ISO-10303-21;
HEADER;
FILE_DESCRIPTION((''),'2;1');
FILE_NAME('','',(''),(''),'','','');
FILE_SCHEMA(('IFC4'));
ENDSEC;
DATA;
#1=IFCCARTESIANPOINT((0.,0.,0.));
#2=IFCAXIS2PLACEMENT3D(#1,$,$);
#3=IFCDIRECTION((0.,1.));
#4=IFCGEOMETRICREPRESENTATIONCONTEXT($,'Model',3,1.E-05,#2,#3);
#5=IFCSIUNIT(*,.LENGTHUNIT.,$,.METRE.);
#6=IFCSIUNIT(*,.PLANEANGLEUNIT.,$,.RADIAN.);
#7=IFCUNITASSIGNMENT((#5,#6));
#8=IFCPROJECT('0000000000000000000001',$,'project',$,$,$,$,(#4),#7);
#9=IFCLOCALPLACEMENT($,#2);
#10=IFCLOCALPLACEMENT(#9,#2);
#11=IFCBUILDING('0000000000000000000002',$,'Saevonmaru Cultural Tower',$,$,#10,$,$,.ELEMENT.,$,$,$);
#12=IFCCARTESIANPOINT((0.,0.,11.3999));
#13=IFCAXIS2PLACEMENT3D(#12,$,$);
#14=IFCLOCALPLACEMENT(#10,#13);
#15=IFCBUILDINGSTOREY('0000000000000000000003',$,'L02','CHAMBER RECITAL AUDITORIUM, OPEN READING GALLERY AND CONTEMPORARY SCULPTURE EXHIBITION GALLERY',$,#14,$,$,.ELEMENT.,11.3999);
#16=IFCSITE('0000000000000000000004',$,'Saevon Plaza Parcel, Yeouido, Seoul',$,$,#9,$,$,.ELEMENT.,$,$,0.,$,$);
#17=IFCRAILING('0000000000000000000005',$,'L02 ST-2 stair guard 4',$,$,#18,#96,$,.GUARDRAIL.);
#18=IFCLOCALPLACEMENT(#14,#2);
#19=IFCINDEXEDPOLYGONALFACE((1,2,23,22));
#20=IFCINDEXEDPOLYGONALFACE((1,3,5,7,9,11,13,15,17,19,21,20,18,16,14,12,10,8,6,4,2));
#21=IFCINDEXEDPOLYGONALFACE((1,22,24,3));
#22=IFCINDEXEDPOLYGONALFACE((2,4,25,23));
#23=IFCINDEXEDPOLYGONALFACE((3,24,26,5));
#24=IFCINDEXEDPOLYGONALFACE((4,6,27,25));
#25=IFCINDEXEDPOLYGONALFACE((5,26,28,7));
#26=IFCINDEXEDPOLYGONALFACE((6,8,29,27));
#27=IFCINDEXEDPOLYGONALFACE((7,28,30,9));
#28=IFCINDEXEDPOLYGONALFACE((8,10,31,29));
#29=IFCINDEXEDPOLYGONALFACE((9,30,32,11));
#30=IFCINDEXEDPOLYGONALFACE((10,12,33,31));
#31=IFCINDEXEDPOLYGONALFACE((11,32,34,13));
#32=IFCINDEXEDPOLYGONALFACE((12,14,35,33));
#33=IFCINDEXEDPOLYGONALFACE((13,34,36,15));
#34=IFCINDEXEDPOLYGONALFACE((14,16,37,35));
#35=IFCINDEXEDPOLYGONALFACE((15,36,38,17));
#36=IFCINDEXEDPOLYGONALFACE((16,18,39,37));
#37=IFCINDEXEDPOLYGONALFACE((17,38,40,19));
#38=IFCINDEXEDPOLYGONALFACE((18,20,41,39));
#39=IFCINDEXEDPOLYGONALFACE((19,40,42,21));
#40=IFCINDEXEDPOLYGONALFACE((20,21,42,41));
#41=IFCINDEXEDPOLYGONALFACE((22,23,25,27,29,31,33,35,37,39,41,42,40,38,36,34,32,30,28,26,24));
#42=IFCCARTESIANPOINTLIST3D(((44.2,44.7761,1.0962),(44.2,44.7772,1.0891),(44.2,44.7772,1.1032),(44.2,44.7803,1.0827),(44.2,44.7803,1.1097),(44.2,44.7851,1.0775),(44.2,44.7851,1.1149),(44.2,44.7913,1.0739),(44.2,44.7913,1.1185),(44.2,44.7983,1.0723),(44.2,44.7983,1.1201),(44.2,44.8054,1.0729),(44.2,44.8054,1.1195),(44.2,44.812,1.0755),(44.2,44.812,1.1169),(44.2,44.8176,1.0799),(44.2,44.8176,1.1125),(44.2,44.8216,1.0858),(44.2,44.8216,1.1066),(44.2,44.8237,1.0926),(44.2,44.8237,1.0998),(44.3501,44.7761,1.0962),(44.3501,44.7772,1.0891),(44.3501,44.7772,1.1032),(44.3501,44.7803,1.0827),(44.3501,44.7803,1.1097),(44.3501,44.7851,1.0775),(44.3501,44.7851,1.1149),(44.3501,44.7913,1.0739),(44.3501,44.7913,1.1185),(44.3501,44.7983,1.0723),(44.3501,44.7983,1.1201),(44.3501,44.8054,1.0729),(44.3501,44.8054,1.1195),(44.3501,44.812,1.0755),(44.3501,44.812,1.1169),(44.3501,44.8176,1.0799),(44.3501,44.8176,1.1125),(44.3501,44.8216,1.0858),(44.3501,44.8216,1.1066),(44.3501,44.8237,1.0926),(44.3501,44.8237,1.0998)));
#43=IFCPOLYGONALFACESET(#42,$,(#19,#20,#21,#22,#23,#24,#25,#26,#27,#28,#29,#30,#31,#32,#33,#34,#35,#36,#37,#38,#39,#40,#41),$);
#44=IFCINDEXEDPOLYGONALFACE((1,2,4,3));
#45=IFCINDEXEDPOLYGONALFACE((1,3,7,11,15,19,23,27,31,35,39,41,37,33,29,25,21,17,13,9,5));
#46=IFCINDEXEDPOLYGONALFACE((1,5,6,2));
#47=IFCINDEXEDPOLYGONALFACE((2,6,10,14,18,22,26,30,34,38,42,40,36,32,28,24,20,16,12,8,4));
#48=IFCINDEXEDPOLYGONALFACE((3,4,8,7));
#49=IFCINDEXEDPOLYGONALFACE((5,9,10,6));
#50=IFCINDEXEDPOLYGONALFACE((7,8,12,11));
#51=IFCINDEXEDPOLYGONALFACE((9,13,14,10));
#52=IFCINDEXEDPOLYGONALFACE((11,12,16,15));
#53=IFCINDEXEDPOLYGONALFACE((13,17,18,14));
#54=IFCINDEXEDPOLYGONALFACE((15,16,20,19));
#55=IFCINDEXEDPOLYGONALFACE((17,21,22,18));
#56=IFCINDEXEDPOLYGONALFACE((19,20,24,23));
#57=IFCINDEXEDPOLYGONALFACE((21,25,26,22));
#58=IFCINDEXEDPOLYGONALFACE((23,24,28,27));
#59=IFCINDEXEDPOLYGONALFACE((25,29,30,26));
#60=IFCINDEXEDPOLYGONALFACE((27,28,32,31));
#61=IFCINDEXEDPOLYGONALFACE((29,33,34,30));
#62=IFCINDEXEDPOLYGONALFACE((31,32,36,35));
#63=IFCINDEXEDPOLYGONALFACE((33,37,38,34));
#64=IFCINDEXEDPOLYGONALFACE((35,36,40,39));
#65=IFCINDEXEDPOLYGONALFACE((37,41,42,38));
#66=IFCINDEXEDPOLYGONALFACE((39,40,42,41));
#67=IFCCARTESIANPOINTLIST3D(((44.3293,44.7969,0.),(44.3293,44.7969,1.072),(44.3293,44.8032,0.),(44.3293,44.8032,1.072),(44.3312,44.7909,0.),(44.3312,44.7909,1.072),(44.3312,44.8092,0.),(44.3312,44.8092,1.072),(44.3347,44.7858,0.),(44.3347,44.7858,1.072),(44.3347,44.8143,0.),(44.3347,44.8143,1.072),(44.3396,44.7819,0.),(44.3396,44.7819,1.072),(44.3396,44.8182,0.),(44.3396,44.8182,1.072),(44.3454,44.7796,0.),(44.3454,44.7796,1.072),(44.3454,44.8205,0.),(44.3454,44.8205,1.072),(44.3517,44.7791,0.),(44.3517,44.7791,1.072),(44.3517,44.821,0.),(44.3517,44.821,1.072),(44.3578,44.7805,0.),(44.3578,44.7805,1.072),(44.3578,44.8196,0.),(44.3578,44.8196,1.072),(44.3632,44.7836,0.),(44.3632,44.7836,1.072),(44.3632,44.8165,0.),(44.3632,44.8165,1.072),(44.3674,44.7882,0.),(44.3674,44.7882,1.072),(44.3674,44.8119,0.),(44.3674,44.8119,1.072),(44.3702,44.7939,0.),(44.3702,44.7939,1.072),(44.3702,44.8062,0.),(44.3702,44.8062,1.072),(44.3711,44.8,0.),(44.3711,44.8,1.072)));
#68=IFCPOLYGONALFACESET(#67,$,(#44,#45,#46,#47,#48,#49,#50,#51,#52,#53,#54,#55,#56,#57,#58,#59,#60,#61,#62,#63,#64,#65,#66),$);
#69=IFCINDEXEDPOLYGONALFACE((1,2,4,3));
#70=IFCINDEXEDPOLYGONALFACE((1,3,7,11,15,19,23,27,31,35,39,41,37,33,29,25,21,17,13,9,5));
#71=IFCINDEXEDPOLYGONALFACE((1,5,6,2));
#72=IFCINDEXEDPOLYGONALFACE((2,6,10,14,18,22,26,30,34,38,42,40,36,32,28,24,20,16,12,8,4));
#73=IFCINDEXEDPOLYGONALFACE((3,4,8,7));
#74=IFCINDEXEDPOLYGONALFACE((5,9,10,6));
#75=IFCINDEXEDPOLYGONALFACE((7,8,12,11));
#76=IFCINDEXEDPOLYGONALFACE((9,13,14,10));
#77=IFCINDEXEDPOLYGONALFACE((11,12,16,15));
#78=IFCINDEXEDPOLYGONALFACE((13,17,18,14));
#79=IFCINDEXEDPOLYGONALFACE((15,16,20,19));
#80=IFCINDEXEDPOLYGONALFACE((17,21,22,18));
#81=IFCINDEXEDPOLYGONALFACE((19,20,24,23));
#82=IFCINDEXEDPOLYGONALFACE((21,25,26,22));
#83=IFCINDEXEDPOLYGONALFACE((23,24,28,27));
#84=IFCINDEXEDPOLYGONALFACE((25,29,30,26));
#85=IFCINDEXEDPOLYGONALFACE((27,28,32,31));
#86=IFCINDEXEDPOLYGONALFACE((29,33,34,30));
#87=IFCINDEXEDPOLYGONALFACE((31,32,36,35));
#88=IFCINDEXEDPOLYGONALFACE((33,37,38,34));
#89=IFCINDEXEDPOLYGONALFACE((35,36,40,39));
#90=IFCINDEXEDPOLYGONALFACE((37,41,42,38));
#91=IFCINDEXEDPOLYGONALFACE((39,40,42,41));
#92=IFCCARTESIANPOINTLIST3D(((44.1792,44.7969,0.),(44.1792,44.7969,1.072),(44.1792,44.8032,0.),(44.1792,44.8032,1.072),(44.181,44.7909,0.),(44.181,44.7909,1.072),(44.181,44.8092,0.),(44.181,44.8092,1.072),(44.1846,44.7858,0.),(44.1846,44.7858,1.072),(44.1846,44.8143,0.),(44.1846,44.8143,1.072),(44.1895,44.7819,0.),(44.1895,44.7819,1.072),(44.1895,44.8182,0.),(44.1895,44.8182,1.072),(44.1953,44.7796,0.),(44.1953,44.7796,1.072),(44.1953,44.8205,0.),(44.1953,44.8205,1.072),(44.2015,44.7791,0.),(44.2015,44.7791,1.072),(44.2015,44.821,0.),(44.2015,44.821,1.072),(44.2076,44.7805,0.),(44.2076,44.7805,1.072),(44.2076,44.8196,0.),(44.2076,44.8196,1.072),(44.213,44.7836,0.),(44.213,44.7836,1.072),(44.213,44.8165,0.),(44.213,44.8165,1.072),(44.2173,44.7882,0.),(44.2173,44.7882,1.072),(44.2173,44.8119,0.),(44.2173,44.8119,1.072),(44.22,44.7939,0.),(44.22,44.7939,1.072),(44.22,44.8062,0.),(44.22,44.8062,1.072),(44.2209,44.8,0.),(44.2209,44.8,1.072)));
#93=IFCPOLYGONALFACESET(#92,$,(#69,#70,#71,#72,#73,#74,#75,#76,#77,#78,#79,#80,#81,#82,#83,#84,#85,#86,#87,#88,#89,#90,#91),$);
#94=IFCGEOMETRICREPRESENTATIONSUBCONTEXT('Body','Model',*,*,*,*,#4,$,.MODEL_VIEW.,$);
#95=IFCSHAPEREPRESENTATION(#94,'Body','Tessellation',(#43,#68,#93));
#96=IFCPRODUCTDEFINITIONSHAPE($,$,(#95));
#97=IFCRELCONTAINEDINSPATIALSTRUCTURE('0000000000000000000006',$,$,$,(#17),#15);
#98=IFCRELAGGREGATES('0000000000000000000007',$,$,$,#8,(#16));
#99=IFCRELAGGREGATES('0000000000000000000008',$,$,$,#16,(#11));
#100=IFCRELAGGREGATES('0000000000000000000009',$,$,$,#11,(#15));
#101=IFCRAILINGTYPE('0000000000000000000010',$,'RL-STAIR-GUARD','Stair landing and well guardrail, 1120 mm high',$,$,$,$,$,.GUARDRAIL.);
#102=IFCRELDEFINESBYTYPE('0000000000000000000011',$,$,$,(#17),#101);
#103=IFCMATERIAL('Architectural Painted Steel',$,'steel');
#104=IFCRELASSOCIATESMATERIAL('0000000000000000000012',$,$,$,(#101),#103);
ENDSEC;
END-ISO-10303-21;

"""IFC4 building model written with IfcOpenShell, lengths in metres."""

from ifc_helpers import new_model, si_unit, direction, frame, origin, origin_2d, place, context, subcontext, project, spatial, circle, extrude, material, type_object, element, save


model = new_model("IFC4")

# Units and contexts
model_context = context("Model", 3, precision=1e-05, world=origin(), true_north=direction((0.0, 1.0)))
body_context = subcontext(model_context, "Body", "Model", "MODEL_VIEW")
ifc_project = project(units=[si_unit("LENGTHUNIT", "METRE"), si_unit("PLANEANGLEUNIT", "RADIAN")], contexts=[model_context])

# Site, building, storey
site_placement = place(None, origin())
site = spatial("IfcSite", under=ifc_project, at=site_placement, Name="Saevon Plaza Parcel, Yeouido, Seoul", CompositionType="ELEMENT", RefElevation=0.0)
building_placement = place(site_placement, origin())
building = spatial("IfcBuilding", under=site, at=building_placement, Name="Saevonmaru Cultural Tower", CompositionType="ELEMENT")
storey_placement = place(building_placement, frame((0.0, 0.0, 11.3999)))
storey = spatial("IfcBuildingStorey", under=building, at=storey_placement, Name="L02", Description="CHAMBER RECITAL AUDITORIUM, OPEN READING GALLERY AND CONTEMPORARY SCULPTURE EXHIBITION GALLERY", CompositionType="ELEMENT", Elevation=11.3999)

# Railing
ifc_material_1 = material(Name="Architectural Painted Steel", Category="steel")
railing_type_1 = type_object("IfcRailingType", Name="RL-STAIR-GUARD", Description="Stair landing and well guardrail, 1120 mm high", PredefinedType="GUARDRAIL", material=ifc_material_1)
railing_1_placement = place(storey_placement, frame((44.3501, 44.8, 0.0)))
element("IfcRailing", 1, at=railing_1_placement, inside=storey, type_object=railing_type_1, Name="L02 ST-2 stair guard 4", PredefinedType="GUARDRAIL", context=body_context, shape_type="SweptSolid", body=[
    extrude(circle(Radius=0.0239, at=origin_2d()), frame((0.0, 0.0, 1.0962), z_axis=(-1.0, 0.0, 0.0), x_axis=(0.0, -1.0, 0.0)), (0.0, 0.0, 1.0), 0.1501),
    extrude(circle(Radius=0.021, at=origin_2d()), origin(), (0.0, 0.0, 1.0), 1.072),
    extrude(circle(Radius=0.021, at=origin_2d()), frame((-0.1501, 0.0, 0.0)), (0.0, 0.0, 1.0), 1.072),
])

save(model, "model.ifc")
